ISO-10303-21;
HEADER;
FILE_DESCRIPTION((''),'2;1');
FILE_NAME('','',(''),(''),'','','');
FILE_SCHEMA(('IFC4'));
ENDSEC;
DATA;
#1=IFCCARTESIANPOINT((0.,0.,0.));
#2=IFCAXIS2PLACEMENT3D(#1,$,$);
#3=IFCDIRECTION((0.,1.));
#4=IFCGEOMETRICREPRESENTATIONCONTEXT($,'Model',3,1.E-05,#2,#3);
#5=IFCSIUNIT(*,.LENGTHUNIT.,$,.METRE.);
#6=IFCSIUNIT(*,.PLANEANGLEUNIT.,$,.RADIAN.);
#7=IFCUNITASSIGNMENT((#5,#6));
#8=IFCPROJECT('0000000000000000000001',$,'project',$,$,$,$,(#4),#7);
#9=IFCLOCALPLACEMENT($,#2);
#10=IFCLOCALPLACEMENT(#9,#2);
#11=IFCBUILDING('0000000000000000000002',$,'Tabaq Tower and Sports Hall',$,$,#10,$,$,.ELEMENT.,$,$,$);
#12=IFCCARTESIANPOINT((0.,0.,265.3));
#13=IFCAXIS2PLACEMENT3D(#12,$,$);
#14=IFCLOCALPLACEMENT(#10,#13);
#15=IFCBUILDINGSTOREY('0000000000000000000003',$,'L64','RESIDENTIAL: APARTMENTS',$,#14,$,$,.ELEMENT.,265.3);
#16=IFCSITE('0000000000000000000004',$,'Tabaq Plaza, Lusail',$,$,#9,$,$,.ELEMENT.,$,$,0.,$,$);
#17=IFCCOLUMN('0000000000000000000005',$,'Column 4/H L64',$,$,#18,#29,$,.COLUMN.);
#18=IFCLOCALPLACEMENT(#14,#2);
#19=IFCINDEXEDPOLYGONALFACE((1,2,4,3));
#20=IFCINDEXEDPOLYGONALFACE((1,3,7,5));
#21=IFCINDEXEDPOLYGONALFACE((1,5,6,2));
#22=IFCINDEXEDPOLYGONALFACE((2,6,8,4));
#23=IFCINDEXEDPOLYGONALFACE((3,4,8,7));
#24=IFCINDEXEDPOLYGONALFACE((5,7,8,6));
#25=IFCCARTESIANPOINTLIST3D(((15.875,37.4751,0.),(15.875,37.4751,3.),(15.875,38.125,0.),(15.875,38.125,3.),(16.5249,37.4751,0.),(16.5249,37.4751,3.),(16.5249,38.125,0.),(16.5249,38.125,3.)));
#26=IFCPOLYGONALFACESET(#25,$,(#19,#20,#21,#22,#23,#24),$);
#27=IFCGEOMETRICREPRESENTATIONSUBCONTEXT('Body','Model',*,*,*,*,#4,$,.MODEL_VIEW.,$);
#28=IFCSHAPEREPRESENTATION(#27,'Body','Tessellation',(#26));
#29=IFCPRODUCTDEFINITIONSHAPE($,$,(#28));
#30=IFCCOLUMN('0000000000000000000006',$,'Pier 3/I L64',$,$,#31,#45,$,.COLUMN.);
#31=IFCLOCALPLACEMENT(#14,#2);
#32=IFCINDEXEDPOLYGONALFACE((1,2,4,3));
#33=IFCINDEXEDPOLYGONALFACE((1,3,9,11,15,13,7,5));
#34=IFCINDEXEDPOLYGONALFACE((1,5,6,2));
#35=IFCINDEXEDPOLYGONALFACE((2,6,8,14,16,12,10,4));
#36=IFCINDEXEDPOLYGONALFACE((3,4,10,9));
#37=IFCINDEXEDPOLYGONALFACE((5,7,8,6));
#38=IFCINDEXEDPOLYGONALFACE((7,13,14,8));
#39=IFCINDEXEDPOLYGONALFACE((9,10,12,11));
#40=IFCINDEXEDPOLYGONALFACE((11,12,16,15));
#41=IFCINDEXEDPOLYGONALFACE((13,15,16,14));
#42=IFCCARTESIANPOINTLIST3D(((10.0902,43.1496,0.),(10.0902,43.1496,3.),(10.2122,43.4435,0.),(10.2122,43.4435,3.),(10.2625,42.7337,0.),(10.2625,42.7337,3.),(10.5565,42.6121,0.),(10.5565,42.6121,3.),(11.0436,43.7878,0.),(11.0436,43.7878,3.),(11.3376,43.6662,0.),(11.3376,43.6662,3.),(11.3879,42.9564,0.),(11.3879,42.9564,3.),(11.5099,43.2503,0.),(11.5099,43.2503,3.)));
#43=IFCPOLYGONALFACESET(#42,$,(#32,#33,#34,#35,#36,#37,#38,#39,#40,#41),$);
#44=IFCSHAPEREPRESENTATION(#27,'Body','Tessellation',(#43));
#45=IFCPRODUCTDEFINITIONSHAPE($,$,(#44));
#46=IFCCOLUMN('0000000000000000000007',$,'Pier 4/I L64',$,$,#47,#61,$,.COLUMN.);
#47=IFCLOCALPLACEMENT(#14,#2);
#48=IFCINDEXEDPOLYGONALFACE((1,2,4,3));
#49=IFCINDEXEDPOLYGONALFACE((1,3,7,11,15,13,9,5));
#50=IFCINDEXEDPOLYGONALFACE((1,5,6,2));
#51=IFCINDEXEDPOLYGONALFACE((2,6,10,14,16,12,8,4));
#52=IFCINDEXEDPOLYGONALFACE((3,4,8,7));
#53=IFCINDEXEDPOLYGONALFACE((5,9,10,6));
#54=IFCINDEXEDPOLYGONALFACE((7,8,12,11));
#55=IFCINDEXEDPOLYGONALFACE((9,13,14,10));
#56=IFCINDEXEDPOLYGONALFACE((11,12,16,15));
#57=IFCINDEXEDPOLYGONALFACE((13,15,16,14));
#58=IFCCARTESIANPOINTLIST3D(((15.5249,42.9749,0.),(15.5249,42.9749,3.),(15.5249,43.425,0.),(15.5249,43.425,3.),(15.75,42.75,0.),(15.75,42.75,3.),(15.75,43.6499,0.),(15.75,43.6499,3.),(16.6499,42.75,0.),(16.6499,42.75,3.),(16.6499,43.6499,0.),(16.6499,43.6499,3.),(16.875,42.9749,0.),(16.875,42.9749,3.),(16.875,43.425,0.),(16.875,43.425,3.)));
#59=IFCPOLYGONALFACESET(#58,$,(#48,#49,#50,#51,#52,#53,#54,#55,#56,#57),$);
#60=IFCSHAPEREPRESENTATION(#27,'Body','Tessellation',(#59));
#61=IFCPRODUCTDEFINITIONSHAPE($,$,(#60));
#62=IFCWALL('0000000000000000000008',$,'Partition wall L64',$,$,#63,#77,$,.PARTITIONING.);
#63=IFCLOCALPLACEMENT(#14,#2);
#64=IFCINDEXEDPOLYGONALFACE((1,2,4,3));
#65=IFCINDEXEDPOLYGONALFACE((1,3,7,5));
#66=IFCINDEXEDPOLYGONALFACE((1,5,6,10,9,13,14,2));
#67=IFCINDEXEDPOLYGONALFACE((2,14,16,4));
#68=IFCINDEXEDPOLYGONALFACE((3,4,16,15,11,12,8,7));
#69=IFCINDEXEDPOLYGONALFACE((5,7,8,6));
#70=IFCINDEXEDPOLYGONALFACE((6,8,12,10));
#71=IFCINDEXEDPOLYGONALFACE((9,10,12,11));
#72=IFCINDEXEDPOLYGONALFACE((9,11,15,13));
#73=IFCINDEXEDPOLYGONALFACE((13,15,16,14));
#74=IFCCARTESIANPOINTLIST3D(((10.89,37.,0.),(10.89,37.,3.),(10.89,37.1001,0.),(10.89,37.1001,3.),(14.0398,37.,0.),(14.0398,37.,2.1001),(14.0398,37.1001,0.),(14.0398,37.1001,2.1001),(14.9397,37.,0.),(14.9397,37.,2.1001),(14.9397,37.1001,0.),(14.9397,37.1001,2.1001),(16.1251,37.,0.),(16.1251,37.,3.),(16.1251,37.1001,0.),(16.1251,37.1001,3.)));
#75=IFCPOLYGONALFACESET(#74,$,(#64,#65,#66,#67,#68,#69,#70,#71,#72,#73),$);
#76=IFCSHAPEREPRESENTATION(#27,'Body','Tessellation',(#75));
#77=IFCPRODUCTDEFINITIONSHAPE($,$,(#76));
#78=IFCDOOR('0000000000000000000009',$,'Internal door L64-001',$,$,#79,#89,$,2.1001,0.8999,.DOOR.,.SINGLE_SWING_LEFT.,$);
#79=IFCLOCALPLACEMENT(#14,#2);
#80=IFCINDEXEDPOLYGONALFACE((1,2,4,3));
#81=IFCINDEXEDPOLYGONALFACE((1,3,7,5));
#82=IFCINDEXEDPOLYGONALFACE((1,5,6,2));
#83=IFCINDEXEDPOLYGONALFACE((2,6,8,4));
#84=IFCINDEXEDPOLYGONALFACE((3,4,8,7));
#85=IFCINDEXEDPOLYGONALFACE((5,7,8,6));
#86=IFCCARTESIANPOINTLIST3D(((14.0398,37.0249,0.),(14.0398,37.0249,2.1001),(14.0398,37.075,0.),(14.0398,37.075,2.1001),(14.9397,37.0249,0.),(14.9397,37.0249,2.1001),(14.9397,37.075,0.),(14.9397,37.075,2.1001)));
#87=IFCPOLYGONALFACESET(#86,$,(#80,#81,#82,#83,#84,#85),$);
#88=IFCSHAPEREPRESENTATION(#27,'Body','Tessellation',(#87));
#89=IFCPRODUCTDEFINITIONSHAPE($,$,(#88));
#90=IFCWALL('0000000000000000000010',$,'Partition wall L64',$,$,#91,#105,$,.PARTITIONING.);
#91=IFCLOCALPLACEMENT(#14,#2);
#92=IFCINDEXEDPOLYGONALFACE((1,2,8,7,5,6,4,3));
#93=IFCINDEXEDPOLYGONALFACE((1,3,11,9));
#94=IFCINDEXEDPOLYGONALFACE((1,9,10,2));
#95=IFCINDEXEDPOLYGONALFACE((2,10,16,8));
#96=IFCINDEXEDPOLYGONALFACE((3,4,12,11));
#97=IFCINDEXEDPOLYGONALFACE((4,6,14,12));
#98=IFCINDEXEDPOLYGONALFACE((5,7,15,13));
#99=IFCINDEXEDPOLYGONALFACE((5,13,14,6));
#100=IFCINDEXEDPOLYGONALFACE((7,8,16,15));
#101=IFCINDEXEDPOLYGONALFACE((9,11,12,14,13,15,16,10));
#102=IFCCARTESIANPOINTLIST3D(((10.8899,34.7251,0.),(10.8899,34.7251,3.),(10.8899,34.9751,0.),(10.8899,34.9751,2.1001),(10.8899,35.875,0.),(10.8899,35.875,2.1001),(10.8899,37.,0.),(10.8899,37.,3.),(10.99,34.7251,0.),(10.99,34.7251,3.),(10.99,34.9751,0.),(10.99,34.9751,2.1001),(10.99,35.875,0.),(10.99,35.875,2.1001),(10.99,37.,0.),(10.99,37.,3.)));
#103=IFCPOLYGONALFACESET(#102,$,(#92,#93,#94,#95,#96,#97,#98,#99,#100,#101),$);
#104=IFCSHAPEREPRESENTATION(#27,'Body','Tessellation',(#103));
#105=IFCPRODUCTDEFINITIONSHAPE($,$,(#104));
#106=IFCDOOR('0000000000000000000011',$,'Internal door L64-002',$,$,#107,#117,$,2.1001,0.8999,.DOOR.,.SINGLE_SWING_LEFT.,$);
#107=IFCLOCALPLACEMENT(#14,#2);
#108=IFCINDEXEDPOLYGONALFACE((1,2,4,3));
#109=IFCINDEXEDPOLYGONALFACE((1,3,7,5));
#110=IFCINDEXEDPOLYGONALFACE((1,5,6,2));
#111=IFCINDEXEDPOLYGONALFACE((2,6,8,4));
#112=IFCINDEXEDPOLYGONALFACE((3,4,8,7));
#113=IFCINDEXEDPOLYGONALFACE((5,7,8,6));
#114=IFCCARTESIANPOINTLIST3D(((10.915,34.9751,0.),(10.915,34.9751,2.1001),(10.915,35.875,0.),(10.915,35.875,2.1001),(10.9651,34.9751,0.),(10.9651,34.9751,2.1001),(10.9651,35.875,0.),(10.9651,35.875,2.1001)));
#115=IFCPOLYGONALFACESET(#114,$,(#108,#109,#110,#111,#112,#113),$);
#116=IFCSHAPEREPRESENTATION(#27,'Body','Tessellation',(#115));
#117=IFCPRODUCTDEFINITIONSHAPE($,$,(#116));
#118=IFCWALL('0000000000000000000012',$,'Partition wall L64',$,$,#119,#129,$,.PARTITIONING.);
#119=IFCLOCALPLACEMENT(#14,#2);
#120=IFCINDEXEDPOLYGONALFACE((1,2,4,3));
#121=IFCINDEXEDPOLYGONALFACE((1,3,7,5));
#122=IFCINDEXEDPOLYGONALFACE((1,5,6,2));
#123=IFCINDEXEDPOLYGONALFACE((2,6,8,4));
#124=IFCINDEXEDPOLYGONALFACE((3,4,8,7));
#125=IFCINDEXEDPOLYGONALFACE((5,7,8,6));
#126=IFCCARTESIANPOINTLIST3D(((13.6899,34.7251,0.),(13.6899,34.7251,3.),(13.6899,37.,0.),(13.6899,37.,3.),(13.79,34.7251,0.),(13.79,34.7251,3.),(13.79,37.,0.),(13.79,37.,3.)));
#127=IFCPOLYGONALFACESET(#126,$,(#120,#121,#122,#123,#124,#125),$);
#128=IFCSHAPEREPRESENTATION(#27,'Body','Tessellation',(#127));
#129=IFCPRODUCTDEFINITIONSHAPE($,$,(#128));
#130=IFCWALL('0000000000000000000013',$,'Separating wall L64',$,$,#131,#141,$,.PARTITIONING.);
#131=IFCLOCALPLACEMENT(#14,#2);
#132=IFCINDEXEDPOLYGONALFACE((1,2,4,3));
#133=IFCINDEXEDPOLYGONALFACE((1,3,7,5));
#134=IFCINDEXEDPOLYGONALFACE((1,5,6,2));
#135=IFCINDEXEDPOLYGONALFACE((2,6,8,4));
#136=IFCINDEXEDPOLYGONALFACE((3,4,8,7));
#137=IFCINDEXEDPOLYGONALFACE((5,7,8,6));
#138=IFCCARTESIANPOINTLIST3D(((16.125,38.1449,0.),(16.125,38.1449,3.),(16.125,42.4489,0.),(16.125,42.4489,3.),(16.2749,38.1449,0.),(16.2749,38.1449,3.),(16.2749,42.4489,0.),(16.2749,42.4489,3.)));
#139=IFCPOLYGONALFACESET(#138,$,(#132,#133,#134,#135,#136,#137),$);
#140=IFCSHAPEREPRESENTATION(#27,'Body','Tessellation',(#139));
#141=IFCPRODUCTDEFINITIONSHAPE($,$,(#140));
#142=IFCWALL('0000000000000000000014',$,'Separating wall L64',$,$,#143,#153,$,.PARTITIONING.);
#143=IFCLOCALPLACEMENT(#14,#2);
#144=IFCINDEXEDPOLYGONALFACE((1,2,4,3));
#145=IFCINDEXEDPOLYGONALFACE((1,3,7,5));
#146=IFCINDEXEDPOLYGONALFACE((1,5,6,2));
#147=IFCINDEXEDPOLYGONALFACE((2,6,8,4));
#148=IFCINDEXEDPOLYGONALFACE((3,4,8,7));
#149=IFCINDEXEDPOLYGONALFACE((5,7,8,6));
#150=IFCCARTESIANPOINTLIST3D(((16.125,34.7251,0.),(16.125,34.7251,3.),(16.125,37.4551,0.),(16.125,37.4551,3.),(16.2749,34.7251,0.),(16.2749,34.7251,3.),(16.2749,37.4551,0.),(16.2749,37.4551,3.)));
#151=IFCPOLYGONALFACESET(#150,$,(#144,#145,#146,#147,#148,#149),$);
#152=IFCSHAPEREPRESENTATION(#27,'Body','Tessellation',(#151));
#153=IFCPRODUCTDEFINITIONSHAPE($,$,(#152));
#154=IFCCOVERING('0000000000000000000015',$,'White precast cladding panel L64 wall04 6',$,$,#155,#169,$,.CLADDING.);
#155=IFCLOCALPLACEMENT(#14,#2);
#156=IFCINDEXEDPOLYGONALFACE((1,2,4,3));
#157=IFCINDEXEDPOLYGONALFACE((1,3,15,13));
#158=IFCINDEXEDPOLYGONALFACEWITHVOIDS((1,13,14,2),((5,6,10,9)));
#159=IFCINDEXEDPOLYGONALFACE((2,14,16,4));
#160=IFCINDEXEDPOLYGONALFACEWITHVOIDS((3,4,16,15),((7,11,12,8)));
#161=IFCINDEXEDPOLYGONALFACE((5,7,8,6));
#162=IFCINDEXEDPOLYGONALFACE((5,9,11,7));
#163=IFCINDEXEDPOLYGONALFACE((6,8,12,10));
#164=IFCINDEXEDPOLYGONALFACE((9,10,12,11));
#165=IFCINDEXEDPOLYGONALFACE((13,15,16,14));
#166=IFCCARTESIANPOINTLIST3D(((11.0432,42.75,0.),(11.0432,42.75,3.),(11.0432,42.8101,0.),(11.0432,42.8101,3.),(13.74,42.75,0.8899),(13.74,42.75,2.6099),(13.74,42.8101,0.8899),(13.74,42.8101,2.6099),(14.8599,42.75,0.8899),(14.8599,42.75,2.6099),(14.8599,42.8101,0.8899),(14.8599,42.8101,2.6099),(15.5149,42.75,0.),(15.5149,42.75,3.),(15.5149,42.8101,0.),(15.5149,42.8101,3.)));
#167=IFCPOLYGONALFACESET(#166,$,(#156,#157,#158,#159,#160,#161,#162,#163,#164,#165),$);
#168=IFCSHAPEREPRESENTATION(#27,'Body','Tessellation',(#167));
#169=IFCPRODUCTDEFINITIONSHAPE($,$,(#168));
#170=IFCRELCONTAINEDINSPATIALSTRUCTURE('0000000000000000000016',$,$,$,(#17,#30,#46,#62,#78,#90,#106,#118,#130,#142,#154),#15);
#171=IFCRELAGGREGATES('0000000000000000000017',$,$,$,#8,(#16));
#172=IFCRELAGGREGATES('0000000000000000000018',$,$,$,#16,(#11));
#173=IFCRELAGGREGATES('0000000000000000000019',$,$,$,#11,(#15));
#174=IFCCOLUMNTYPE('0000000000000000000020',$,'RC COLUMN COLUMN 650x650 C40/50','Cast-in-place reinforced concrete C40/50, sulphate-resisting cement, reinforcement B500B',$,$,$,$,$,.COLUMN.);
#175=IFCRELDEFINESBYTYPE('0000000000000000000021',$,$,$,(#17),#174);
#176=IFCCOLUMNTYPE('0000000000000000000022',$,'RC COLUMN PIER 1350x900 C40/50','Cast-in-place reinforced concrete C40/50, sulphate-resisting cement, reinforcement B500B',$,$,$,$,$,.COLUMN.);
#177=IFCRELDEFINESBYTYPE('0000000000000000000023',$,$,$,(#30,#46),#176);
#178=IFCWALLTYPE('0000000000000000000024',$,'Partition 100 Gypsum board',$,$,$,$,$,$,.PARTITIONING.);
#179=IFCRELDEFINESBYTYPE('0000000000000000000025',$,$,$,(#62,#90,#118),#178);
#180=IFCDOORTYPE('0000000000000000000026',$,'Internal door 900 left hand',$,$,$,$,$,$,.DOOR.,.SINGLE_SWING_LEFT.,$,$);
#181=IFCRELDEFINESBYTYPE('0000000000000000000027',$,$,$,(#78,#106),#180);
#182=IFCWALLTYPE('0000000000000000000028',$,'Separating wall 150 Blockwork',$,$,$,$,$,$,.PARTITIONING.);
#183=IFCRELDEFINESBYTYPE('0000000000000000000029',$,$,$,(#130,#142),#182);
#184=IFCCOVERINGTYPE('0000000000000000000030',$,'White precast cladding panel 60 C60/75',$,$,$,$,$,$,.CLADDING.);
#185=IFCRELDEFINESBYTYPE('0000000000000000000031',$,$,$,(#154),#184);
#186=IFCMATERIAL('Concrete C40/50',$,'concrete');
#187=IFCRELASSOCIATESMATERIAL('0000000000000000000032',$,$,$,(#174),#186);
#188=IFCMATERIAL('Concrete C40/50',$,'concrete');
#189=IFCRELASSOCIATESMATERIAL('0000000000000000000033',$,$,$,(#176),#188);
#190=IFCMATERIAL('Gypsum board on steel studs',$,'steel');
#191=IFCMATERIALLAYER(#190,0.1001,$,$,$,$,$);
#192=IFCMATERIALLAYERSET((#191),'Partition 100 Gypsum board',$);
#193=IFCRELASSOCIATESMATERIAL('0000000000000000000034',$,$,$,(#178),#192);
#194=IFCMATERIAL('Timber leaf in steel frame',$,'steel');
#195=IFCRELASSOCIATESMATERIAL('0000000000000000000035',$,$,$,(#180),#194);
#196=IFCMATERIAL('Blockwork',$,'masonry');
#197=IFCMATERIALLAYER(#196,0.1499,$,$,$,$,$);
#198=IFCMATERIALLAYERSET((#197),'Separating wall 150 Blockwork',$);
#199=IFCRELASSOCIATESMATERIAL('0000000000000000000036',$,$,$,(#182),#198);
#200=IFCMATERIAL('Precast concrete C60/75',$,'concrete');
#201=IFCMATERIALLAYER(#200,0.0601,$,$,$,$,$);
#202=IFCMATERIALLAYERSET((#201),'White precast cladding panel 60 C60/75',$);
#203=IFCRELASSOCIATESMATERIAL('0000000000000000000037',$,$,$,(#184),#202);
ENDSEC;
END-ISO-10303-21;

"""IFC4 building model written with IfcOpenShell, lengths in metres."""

from ifc_helpers import new_model, si_unit, direction, frame, frame_2d, origin, origin_2d, place, context, subcontext, project, spatial, polyline, rectangle, outline, extrude, material, layer, layer_set, material_profile, profile_set, type_object, element, fill, save


model = new_model("IFC4")

# Units and contexts
model_context = context("Model", 3, precision=1e-05, world=origin(), true_north=direction((0.0, 1.0)))
body_context = subcontext(model_context, "Body", "Model", "MODEL_VIEW")
ifc_project = project(units=[si_unit("LENGTHUNIT", "METRE"), si_unit("PLANEANGLEUNIT", "RADIAN")], contexts=[model_context])

# Site, building, storey
site_placement = place(None, origin())
site = spatial("IfcSite", under=ifc_project, at=site_placement, Name="Tabaq Plaza, Lusail", CompositionType="ELEMENT", RefElevation=0.0)
building_placement = place(site_placement, origin())
building = spatial("IfcBuilding", under=site, at=building_placement, Name="Tabaq Tower and Sports Hall", CompositionType="ELEMENT")
storey_placement = place(building_placement, frame((0.0, 0.0, 265.3)))
storey = spatial("IfcBuildingStorey", under=building, at=storey_placement, Name="L64", Description="RESIDENTIAL: APARTMENTS", CompositionType="ELEMENT", Elevation=265.3)

# Columns
ifc_material_1 = material(Name="Concrete C40/50", Category="concrete")
ifc_material_profile_1 = material_profile(ifc_material_1, rectangle(XDim=0.6499, YDim=0.6499, at=origin_2d()), Name="COLUMN 650x650")
ifc_profile_set_1 = profile_set([ifc_material_profile_1], Name="Concrete C40/50")
column_type_1 = type_object("IfcColumnType", Name="RC COLUMN COLUMN 650x650 C40/50", Description="Cast-in-place reinforced concrete C40/50, sulphate-resisting cement, reinforcement B500B", PredefinedType="COLUMN", material=ifc_profile_set_1)
column_placement = place(storey_placement, frame((16.2, 37.8, 0.0), z_axis=(0.0, 0.0, 1.0), x_axis=(1.0, 0.0, 0.0)))
element("IfcColumn", 1, at=column_placement, inside=storey, type_object=column_type_1, Name="Column 4/H L64", PredefinedType="COLUMN", context=body_context, shape_type="SweptSolid", body=[
    extrude(rectangle(XDim=0.6499, YDim=0.6499, at=origin_2d()), origin(), (0.0, 0.0, 1.0), 3.0),
])
ifc_material_2 = material(Name="Concrete C40/50", Category="concrete")
ifc_material_profile_2 = material_profile(ifc_material_2, outline(polyline([(-0.45, -0.45), (0.45, -0.45), (0.675, -0.2251), (0.675, 0.2251), (0.45, 0.45), (-0.45, 0.45), (-0.675, 0.2251), (-0.675, -0.2251), (-0.45, -0.45)])), Name="PIER 1350x900")
ifc_profile_set_2 = profile_set([ifc_material_profile_2], Name="Concrete C40/50")
column_type_2 = type_object("IfcColumnType", Name="RC COLUMN PIER 1350x900 C40/50", Description="Cast-in-place reinforced concrete C40/50, sulphate-resisting cement, reinforcement B500B", PredefinedType="COLUMN", material=ifc_profile_set_2)
for number, where, z_axis, x_axis, name in (
    (2, (10.8, 43.2, 0.0), (0.0, 0.0, 1.0), (0.92388, 0.382683, 0.0), "Pier 3/I L64"),
    (3, (16.2, 43.2, 0.0), (0.0, 0.0, 1.0), (1.0, 0.0, 0.0), "Pier 4/I L64"),
):
    element("IfcColumn", number, at=place(storey_placement, frame(where, z_axis=z_axis, x_axis=x_axis)), inside=storey, type_object=column_type_2, Name=name, PredefinedType="COLUMN", context=body_context, shape_type="SweptSolid", body=[
        extrude(outline(polyline([(-0.45, -0.45), (0.45, -0.45), (0.675, -0.2251), (0.675, 0.2251), (0.45, 0.45), (-0.45, 0.45), (-0.675, 0.2251), (-0.675, -0.2251), (-0.45, -0.45)])), origin(), (0.0, 0.0, 1.0), 3.0),
    ])

# Walls, openings, doors
ifc_material_3 = material(Name="Gypsum board on steel studs", Category="steel")
ifc_layer_1 = layer(ifc_material_3, 0.1001)
ifc_layer_set_1 = layer_set([ifc_layer_1], Name="Partition 100 Gypsum board")
wall_type_1 = type_object("IfcWallType", Name="Partition 100 Gypsum board", PredefinedType="PARTITIONING", material=ifc_layer_set_1)
wall_1_placement = place(storey_placement, frame((10.8899, 37.05, 0.0), z_axis=(0.0, 0.0, 1.0), x_axis=(1.0, 0.0, 0.0)))
wall_1 = element("IfcWall", 4, at=wall_1_placement, inside=storey, type_object=wall_type_1, Name="Partition wall L64", PredefinedType="PARTITIONING", context=body_context, shape_type="SweptSolid", body=[
    extrude(rectangle(XDim=5.2351, YDim=0.1001, at=frame_2d((2.6177, 0.0))), origin(), (0.0, 0.0, 1.0), 3.0),
])
opening_1_placement = place(wall_1_placement, frame((3.1499, 0.0, 0.0)))
opening_1 = element("IfcOpeningElement", 5, at=opening_1_placement, cuts=wall_1, PredefinedType="OPENING", context=body_context, shape_type="SweptSolid", body=[
    extrude(rectangle(XDim=0.8999, YDim=2.1001, at=frame_2d((0.45, 1.05))), frame((0.0, 0.05, 0.0), z_axis=(0.0, -1.0, 0.0), x_axis=(1.0, 0.0, 0.0)), (0.0, 0.0, 1.0), 0.1001),
])
ifc_material_4 = material(Name="Timber leaf in steel frame", Category="steel")
door_type_1 = type_object("IfcDoorType", Name="Internal door 900 left hand", OperationType="SINGLE_SWING_LEFT", PredefinedType="DOOR", material=ifc_material_4)
door_1_placement = place(opening_1_placement, origin())
door_1 = element("IfcDoor", 6, at=door_1_placement, inside=storey, type_object=door_type_1, Name="Internal door L64-001", OperationType="SINGLE_SWING_LEFT", OverallHeight=2.1001, OverallWidth=0.8999, PredefinedType="DOOR", context=body_context, shape_type="SweptSolid", body=[
    extrude(rectangle(XDim=0.8999, YDim=2.1001, at=frame_2d((0.45, 1.05))), frame((0.0, 0.0249, 0.0), z_axis=(0.0, -1.0, 0.0), x_axis=(1.0, 0.0, 0.0)), (0.0, 0.0, 1.0), 0.05),
])
fill(opening_1, door_1)
wall_2_placement = place(storey_placement, frame((10.9399, 34.7251, 0.0), z_axis=(0.0, 0.0, 1.0), x_axis=(0.0, 1.0, 0.0)))
wall_2 = element("IfcWall", 7, at=wall_2_placement, inside=storey, type_object=wall_type_1, Name="Partition wall L64", PredefinedType="PARTITIONING", context=body_context, shape_type="SweptSolid", body=[
    extrude(rectangle(XDim=2.2749, YDim=0.1001, at=frame_2d((1.1375, 0.0))), origin(), (0.0, 0.0, 1.0), 3.0),
])
opening_2_placement = place(wall_2_placement, frame((0.25, 0.0, 0.0)))
opening_2 = element("IfcOpeningElement", 8, at=opening_2_placement, cuts=wall_2, PredefinedType="OPENING", context=body_context, shape_type="SweptSolid", body=[
    extrude(rectangle(XDim=0.8999, YDim=2.1001, at=frame_2d((0.45, 1.05))), frame((0.0, 0.05, 0.0), z_axis=(0.0, -1.0, 0.0), x_axis=(1.0, 0.0, 0.0)), (0.0, 0.0, 1.0), 0.1001),
])
door_2_placement = place(opening_2_placement, origin())
door_2 = element("IfcDoor", 9, at=door_2_placement, inside=storey, type_object=door_type_1, Name="Internal door L64-002", OperationType="SINGLE_SWING_LEFT", OverallHeight=2.1001, OverallWidth=0.8999, PredefinedType="DOOR", context=body_context, shape_type="SweptSolid", body=[
    extrude(rectangle(XDim=0.8999, YDim=2.1001, at=frame_2d((0.45, 1.05))), frame((0.0, 0.0249, 0.0), z_axis=(0.0, -1.0, 0.0), x_axis=(1.0, 0.0, 0.0)), (0.0, 0.0, 1.0), 0.05),
])
fill(opening_2, door_2)

# Walls
wall_3_placement = place(storey_placement, frame((13.74, 34.7251, 0.0), z_axis=(0.0, 0.0, 1.0), x_axis=(0.0, 1.0, 0.0)))
element("IfcWall", 10, at=wall_3_placement, inside=storey, type_object=wall_type_1, Name="Partition wall L64", PredefinedType="PARTITIONING", context=body_context, shape_type="SweptSolid", body=[
    extrude(rectangle(XDim=2.2749, YDim=0.1001, at=frame_2d((1.1375, 0.0))), origin(), (0.0, 0.0, 1.0), 3.0),
])
ifc_material_5 = material(Name="Blockwork", Category="masonry")
ifc_layer_2 = layer(ifc_material_5, 0.1499)
ifc_layer_set_2 = layer_set([ifc_layer_2], Name="Separating wall 150 Blockwork")
wall_type_2 = type_object("IfcWallType", Name="Separating wall 150 Blockwork", PredefinedType="PARTITIONING", material=ifc_layer_set_2)
wall_4_placement = place(storey_placement, frame((16.2, 38.145, 0.0), z_axis=(0.0, 0.0, 1.0), x_axis=(0.0, 1.0, 0.0)))
element("IfcWall", 11, at=wall_4_placement, inside=storey, type_object=wall_type_2, Name="Separating wall L64", PredefinedType="PARTITIONING", context=body_context, shape_type="SweptSolid", body=[
    extrude(rectangle(XDim=4.304, YDim=0.1499, at=frame_2d((2.1519, 0.0))), origin(), (0.0, 0.0, 1.0), 3.0),
])
wall_5_placement = place(storey_placement, frame((16.2, 34.7251, 0.0), z_axis=(0.0, 0.0, 1.0), x_axis=(0.0, 1.0, 0.0)))
element("IfcWall", 12, at=wall_5_placement, inside=storey, type_object=wall_type_2, Name="Separating wall L64", PredefinedType="PARTITIONING", context=body_context, shape_type="SweptSolid", body=[
    extrude(rectangle(XDim=2.73, YDim=0.1499, at=frame_2d((1.365, 0.0))), origin(), (0.0, 0.0, 1.0), 3.0),
])

# Covering
ifc_material_6 = material(Name="Precast concrete C60/75", Category="concrete")
ifc_layer_3 = layer(ifc_material_6, 0.0601)
ifc_layer_set_3 = layer_set([ifc_layer_3], Name="White precast cladding panel 60 C60/75")
covering_type = type_object("IfcCoveringType", Name="White precast cladding panel 60 C60/75", PredefinedType="CLADDING", material=ifc_layer_set_3)
covering_1_placement = place(storey_placement, frame((15.5149, 42.78, 0.0), z_axis=(0.0, 0.0, 1.0), x_axis=(-1.0, 0.0, 0.0)))
element("IfcCovering", 13, at=covering_1_placement, inside=storey, type_object=covering_type, Name="White precast cladding panel L64 wall04 6", PredefinedType="CLADDING", context=body_context, shape_type="SweptSolid", body=[
    extrude(outline(polyline([(0.0, 0.0), (4.4717, 0.0), (4.4717, 3.0), (0.0, 3.0), (0.0, 0.0)]), holes=[polyline([(0.655, 0.8899), (0.655, 2.6099), (1.7749, 2.6099), (1.7749, 0.8899), (0.655, 0.8899)])]), frame((0.0, 0.03, 0.0), z_axis=(0.0, -1.0, 0.0), x_axis=(1.0, 0.0, 0.0)), (0.0, 0.0, 1.0), 0.0601),
])

save(model, "model.ifc")
